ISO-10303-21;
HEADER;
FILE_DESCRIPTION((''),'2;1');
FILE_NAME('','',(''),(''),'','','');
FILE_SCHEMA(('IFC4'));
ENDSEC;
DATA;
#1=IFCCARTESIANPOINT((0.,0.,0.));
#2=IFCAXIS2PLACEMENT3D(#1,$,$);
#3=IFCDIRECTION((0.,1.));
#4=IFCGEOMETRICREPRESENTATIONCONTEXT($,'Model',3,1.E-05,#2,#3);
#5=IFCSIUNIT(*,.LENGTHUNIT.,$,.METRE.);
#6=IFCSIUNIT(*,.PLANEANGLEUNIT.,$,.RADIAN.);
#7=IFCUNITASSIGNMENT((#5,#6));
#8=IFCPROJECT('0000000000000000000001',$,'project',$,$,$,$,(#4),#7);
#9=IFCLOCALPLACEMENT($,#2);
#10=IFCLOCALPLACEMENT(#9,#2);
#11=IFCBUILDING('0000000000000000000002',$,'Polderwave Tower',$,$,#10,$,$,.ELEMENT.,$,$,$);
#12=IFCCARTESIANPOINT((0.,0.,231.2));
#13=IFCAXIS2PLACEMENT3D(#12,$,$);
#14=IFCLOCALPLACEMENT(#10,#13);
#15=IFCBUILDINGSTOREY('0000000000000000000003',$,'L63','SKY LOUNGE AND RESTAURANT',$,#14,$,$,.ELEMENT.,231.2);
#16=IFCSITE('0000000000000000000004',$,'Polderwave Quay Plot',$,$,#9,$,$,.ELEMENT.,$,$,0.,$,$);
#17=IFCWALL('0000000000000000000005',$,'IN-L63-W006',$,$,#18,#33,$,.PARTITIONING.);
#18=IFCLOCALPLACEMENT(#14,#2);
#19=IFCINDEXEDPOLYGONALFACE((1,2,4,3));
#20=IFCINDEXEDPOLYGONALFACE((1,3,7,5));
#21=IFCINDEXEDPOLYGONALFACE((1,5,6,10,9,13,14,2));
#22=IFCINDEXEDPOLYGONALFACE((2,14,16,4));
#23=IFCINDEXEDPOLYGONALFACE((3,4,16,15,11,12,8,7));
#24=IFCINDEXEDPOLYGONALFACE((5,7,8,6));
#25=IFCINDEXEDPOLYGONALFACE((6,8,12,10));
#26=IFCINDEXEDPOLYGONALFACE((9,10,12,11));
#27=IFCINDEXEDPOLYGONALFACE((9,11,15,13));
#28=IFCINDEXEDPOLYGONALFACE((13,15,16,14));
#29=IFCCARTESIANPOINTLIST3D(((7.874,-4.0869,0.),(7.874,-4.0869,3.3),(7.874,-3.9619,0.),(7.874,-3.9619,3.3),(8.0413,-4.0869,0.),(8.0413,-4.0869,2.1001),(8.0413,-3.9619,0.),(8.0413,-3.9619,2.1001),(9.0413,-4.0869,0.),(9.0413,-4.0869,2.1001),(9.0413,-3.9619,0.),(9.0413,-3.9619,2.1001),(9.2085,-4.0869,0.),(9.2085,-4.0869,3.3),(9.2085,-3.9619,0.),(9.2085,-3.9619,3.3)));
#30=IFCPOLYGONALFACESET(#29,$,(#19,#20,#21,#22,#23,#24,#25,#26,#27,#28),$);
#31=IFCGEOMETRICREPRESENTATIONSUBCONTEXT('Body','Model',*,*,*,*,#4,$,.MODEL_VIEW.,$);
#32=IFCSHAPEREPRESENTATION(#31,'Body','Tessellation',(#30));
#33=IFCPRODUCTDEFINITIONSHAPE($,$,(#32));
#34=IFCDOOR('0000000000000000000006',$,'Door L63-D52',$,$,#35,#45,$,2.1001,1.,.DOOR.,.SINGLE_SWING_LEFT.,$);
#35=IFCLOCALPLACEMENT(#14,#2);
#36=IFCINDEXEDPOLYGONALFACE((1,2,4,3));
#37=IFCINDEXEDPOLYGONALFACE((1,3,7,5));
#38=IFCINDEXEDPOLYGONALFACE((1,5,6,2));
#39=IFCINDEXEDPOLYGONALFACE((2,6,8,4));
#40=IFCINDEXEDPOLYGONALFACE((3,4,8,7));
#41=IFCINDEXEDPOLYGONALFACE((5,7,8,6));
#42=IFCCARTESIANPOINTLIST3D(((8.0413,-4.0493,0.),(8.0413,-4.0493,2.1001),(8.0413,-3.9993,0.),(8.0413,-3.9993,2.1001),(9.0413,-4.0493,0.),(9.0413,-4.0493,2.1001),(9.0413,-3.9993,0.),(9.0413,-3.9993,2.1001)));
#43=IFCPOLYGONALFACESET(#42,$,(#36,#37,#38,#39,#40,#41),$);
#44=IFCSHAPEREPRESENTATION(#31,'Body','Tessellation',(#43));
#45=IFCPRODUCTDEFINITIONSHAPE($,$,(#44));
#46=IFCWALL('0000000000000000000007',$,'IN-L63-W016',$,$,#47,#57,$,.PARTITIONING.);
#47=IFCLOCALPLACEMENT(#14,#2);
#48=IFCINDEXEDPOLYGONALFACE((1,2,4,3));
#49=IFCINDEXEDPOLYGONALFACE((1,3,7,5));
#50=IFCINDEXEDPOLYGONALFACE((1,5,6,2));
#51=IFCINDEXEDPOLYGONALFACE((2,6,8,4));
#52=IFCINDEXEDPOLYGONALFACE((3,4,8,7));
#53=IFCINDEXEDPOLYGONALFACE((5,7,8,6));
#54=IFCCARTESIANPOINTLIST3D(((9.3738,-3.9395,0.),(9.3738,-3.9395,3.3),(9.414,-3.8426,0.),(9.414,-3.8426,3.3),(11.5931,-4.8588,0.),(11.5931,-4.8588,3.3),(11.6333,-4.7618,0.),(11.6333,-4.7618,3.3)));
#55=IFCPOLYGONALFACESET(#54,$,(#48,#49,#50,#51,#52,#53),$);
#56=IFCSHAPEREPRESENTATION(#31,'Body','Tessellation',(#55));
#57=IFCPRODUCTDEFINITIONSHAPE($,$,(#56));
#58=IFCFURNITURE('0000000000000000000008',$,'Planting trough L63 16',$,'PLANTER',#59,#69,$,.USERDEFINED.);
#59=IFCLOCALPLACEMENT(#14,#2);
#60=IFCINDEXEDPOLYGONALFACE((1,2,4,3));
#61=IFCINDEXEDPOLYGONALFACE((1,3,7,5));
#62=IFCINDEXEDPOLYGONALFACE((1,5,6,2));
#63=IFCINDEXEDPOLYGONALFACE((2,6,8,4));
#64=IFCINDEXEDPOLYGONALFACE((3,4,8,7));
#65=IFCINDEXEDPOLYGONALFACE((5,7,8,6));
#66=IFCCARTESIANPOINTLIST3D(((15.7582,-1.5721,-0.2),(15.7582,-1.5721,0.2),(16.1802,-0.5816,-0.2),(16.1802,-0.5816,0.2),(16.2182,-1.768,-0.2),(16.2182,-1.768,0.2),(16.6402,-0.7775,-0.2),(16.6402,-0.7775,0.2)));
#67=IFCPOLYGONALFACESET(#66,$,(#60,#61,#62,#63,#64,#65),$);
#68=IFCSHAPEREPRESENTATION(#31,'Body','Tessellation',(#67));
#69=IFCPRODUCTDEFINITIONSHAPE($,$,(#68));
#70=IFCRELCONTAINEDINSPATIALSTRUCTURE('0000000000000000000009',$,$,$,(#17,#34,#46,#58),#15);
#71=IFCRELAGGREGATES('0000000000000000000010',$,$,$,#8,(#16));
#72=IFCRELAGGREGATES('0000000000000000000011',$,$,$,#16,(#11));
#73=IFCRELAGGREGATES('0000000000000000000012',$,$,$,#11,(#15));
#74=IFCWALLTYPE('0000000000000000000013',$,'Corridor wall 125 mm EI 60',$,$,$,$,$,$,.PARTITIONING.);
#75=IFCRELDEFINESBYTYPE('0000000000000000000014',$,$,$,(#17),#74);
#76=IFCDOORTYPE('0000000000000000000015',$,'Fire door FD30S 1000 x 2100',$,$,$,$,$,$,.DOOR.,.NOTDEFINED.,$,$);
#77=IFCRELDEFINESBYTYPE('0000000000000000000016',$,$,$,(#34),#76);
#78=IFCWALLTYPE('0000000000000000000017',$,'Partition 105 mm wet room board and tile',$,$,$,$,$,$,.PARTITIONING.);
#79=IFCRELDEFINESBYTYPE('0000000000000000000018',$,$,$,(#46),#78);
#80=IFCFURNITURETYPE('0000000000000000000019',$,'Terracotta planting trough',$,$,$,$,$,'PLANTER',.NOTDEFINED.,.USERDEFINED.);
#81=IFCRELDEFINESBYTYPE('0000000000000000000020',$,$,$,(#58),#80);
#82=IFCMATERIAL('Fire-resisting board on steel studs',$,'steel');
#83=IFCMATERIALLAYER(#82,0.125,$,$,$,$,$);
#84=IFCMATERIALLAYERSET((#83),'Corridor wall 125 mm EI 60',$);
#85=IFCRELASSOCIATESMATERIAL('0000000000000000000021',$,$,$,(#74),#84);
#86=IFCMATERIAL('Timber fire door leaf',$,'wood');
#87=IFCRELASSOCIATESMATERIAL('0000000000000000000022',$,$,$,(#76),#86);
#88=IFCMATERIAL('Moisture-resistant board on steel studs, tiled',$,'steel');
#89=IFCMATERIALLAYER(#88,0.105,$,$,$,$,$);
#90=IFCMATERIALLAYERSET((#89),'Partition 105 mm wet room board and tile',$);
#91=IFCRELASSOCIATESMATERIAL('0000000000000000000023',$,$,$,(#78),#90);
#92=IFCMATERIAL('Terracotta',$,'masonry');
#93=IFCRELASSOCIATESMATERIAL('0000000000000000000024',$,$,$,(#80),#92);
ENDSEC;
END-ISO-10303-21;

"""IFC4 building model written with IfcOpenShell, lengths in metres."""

from ifc_helpers import new_model, si_unit, direction, frame, frame_2d, origin, origin_2d, place, context, subcontext, project, spatial, rectangle, extrude, material, layer, layer_set, type_object, element, fill, save


model = new_model("IFC4")

# Units and contexts
model_context = context("Model", 3, precision=1e-05, world=origin(), true_north=direction((0.0, 1.0)))
body_context = subcontext(model_context, "Body", "Model", "MODEL_VIEW")
ifc_project = project(units=[si_unit("LENGTHUNIT", "METRE"), si_unit("PLANEANGLEUNIT", "RADIAN")], contexts=[model_context])

# Site, building, storey
site_placement = place(None, origin())
site = spatial("IfcSite", under=ifc_project, at=site_placement, Name="Polderwave Quay Plot", CompositionType="ELEMENT", RefElevation=0.0)
building_placement = place(site_placement, origin())
building = spatial("IfcBuilding", under=site, at=building_placement, Name="Polderwave Tower", CompositionType="ELEMENT")
storey_placement = place(building_placement, frame((0.0, 0.0, 231.2)))
storey = spatial("IfcBuildingStorey", under=building, at=storey_placement, Name="L63", Description="SKY LOUNGE AND RESTAURANT", CompositionType="ELEMENT", Elevation=231.2)

# Shared definitions
ifc_material_1 = material(Name="Fire-resisting board on steel studs", Category="steel")
ifc_layer_1 = layer(ifc_material_1, 0.125)
ifc_layer_set_1 = layer_set([ifc_layer_1], Name="Corridor wall 125 mm EI 60")
wall_type_1 = type_object("IfcWallType", Name="Corridor wall 125 mm EI 60", PredefinedType="PARTITIONING", material=ifc_layer_set_1)

# Wall, opening, door
wall_1_placement = place(storey_placement, frame((9.2085, -4.0244, 0.0), z_axis=(0.0, 0.0, 1.0), x_axis=(-1.0, 0.0, 0.0)))
wall_1 = element("IfcWall", 1, at=wall_1_placement, inside=storey, type_object=wall_type_1, Name="IN-L63-W006", PredefinedType="PARTITIONING", context=body_context, shape_type="SweptSolid", body=[
    extrude(rectangle(XDim=1.3345, YDim=0.125, at=frame_2d((0.6672, 0.0))), origin(), (0.0, 0.0, 1.0), 3.3),
])
opening_1_placement = place(wall_1_placement, frame((0.1672, 0.0, 0.0)))
opening_1 = element("IfcOpeningElement", 2, at=opening_1_placement, cuts=wall_1, PredefinedType="OPENING", context=body_context, shape_type="SweptSolid", body=[
    extrude(rectangle(XDim=1.0, YDim=2.1001, at=frame_2d((0.5, 1.05))), frame((0.0, 0.0725, 0.0), z_axis=(0.0, -1.0, 0.0), x_axis=(1.0, 0.0, 0.0)), (0.0, 0.0, 1.0), 0.145),
])
ifc_material_2 = material(Name="Timber fire door leaf", Category="wood")
door_type_1 = type_object("IfcDoorType", Name="Fire door FD30S 1000 x 2100", OperationType="NOTDEFINED", PredefinedType="DOOR", material=ifc_material_2)
door_1_placement = place(opening_1_placement, origin())
door_1 = element("IfcDoor", 3, at=door_1_placement, inside=storey, type_object=door_type_1, Name="Door L63-D52", OperationType="SINGLE_SWING_LEFT", OverallHeight=2.1001, OverallWidth=1.0, PredefinedType="DOOR", context=body_context, shape_type="SweptSolid", body=[
    extrude(rectangle(XDim=1.0, YDim=2.1001, at=frame_2d((0.5, 1.05))), frame((0.0, 0.0249, 0.0), z_axis=(0.0, -1.0, 0.0), x_axis=(1.0, 0.0, 0.0)), (0.0, 0.0, 1.0), 0.05),
])
fill(opening_1, door_1)

# Wall
ifc_material_3 = material(Name="Moisture-resistant board on steel studs, tiled", Category="steel")
ifc_layer_2 = layer(ifc_material_3, 0.105)
ifc_layer_set_2 = layer_set([ifc_layer_2], Name="Partition 105 mm wet room board and tile")
wall_type_2 = type_object("IfcWallType", Name="Partition 105 mm wet room board and tile", PredefinedType="PARTITIONING", material=ifc_layer_set_2)
wall_2_placement = place(storey_placement, frame((11.6133, -4.8103, 0.0), z_axis=(0.0, 0.0, 1.0), x_axis=(-0.923887, 0.382666, 0.0)))
element("IfcWall", 4, at=wall_2_placement, inside=storey, type_object=wall_type_2, Name="IN-L63-W016", PredefinedType="PARTITIONING", context=body_context, shape_type="SweptSolid", body=[
    extrude(rectangle(XDim=2.4021, YDim=0.105, at=frame_2d((1.2012, 0.0))), origin(), (0.0, 0.0, 1.0), 3.3),
])

# Furniture
ifc_material_4 = material(Name="Terracotta", Category="masonry")
furniture_type = type_object("IfcFurnitureType", Name="Terracotta planting trough", ElementType="PLANTER", AssemblyPlace="NOTDEFINED", PredefinedType="USERDEFINED", material=ifc_material_4)
furniture_placement = place(storey_placement, frame((16.1992, -1.1748, -0.2), z_axis=(0.0, 0.0, 1.0), x_axis=(0.391907, 0.920005, 0.0)))
element("IfcFurniture", 5, at=furniture_placement, inside=storey, type_object=furniture_type, Name="Planting trough L63 16", ObjectType="PLANTER", PredefinedType="USERDEFINED", context=body_context, shape_type="SweptSolid", body=[
    extrude(rectangle(XDim=1.0767, YDim=0.5, at=origin_2d()), origin(), (0.0, 0.0, 1.0), 0.3999),
])

save(model, "model.ifc")
